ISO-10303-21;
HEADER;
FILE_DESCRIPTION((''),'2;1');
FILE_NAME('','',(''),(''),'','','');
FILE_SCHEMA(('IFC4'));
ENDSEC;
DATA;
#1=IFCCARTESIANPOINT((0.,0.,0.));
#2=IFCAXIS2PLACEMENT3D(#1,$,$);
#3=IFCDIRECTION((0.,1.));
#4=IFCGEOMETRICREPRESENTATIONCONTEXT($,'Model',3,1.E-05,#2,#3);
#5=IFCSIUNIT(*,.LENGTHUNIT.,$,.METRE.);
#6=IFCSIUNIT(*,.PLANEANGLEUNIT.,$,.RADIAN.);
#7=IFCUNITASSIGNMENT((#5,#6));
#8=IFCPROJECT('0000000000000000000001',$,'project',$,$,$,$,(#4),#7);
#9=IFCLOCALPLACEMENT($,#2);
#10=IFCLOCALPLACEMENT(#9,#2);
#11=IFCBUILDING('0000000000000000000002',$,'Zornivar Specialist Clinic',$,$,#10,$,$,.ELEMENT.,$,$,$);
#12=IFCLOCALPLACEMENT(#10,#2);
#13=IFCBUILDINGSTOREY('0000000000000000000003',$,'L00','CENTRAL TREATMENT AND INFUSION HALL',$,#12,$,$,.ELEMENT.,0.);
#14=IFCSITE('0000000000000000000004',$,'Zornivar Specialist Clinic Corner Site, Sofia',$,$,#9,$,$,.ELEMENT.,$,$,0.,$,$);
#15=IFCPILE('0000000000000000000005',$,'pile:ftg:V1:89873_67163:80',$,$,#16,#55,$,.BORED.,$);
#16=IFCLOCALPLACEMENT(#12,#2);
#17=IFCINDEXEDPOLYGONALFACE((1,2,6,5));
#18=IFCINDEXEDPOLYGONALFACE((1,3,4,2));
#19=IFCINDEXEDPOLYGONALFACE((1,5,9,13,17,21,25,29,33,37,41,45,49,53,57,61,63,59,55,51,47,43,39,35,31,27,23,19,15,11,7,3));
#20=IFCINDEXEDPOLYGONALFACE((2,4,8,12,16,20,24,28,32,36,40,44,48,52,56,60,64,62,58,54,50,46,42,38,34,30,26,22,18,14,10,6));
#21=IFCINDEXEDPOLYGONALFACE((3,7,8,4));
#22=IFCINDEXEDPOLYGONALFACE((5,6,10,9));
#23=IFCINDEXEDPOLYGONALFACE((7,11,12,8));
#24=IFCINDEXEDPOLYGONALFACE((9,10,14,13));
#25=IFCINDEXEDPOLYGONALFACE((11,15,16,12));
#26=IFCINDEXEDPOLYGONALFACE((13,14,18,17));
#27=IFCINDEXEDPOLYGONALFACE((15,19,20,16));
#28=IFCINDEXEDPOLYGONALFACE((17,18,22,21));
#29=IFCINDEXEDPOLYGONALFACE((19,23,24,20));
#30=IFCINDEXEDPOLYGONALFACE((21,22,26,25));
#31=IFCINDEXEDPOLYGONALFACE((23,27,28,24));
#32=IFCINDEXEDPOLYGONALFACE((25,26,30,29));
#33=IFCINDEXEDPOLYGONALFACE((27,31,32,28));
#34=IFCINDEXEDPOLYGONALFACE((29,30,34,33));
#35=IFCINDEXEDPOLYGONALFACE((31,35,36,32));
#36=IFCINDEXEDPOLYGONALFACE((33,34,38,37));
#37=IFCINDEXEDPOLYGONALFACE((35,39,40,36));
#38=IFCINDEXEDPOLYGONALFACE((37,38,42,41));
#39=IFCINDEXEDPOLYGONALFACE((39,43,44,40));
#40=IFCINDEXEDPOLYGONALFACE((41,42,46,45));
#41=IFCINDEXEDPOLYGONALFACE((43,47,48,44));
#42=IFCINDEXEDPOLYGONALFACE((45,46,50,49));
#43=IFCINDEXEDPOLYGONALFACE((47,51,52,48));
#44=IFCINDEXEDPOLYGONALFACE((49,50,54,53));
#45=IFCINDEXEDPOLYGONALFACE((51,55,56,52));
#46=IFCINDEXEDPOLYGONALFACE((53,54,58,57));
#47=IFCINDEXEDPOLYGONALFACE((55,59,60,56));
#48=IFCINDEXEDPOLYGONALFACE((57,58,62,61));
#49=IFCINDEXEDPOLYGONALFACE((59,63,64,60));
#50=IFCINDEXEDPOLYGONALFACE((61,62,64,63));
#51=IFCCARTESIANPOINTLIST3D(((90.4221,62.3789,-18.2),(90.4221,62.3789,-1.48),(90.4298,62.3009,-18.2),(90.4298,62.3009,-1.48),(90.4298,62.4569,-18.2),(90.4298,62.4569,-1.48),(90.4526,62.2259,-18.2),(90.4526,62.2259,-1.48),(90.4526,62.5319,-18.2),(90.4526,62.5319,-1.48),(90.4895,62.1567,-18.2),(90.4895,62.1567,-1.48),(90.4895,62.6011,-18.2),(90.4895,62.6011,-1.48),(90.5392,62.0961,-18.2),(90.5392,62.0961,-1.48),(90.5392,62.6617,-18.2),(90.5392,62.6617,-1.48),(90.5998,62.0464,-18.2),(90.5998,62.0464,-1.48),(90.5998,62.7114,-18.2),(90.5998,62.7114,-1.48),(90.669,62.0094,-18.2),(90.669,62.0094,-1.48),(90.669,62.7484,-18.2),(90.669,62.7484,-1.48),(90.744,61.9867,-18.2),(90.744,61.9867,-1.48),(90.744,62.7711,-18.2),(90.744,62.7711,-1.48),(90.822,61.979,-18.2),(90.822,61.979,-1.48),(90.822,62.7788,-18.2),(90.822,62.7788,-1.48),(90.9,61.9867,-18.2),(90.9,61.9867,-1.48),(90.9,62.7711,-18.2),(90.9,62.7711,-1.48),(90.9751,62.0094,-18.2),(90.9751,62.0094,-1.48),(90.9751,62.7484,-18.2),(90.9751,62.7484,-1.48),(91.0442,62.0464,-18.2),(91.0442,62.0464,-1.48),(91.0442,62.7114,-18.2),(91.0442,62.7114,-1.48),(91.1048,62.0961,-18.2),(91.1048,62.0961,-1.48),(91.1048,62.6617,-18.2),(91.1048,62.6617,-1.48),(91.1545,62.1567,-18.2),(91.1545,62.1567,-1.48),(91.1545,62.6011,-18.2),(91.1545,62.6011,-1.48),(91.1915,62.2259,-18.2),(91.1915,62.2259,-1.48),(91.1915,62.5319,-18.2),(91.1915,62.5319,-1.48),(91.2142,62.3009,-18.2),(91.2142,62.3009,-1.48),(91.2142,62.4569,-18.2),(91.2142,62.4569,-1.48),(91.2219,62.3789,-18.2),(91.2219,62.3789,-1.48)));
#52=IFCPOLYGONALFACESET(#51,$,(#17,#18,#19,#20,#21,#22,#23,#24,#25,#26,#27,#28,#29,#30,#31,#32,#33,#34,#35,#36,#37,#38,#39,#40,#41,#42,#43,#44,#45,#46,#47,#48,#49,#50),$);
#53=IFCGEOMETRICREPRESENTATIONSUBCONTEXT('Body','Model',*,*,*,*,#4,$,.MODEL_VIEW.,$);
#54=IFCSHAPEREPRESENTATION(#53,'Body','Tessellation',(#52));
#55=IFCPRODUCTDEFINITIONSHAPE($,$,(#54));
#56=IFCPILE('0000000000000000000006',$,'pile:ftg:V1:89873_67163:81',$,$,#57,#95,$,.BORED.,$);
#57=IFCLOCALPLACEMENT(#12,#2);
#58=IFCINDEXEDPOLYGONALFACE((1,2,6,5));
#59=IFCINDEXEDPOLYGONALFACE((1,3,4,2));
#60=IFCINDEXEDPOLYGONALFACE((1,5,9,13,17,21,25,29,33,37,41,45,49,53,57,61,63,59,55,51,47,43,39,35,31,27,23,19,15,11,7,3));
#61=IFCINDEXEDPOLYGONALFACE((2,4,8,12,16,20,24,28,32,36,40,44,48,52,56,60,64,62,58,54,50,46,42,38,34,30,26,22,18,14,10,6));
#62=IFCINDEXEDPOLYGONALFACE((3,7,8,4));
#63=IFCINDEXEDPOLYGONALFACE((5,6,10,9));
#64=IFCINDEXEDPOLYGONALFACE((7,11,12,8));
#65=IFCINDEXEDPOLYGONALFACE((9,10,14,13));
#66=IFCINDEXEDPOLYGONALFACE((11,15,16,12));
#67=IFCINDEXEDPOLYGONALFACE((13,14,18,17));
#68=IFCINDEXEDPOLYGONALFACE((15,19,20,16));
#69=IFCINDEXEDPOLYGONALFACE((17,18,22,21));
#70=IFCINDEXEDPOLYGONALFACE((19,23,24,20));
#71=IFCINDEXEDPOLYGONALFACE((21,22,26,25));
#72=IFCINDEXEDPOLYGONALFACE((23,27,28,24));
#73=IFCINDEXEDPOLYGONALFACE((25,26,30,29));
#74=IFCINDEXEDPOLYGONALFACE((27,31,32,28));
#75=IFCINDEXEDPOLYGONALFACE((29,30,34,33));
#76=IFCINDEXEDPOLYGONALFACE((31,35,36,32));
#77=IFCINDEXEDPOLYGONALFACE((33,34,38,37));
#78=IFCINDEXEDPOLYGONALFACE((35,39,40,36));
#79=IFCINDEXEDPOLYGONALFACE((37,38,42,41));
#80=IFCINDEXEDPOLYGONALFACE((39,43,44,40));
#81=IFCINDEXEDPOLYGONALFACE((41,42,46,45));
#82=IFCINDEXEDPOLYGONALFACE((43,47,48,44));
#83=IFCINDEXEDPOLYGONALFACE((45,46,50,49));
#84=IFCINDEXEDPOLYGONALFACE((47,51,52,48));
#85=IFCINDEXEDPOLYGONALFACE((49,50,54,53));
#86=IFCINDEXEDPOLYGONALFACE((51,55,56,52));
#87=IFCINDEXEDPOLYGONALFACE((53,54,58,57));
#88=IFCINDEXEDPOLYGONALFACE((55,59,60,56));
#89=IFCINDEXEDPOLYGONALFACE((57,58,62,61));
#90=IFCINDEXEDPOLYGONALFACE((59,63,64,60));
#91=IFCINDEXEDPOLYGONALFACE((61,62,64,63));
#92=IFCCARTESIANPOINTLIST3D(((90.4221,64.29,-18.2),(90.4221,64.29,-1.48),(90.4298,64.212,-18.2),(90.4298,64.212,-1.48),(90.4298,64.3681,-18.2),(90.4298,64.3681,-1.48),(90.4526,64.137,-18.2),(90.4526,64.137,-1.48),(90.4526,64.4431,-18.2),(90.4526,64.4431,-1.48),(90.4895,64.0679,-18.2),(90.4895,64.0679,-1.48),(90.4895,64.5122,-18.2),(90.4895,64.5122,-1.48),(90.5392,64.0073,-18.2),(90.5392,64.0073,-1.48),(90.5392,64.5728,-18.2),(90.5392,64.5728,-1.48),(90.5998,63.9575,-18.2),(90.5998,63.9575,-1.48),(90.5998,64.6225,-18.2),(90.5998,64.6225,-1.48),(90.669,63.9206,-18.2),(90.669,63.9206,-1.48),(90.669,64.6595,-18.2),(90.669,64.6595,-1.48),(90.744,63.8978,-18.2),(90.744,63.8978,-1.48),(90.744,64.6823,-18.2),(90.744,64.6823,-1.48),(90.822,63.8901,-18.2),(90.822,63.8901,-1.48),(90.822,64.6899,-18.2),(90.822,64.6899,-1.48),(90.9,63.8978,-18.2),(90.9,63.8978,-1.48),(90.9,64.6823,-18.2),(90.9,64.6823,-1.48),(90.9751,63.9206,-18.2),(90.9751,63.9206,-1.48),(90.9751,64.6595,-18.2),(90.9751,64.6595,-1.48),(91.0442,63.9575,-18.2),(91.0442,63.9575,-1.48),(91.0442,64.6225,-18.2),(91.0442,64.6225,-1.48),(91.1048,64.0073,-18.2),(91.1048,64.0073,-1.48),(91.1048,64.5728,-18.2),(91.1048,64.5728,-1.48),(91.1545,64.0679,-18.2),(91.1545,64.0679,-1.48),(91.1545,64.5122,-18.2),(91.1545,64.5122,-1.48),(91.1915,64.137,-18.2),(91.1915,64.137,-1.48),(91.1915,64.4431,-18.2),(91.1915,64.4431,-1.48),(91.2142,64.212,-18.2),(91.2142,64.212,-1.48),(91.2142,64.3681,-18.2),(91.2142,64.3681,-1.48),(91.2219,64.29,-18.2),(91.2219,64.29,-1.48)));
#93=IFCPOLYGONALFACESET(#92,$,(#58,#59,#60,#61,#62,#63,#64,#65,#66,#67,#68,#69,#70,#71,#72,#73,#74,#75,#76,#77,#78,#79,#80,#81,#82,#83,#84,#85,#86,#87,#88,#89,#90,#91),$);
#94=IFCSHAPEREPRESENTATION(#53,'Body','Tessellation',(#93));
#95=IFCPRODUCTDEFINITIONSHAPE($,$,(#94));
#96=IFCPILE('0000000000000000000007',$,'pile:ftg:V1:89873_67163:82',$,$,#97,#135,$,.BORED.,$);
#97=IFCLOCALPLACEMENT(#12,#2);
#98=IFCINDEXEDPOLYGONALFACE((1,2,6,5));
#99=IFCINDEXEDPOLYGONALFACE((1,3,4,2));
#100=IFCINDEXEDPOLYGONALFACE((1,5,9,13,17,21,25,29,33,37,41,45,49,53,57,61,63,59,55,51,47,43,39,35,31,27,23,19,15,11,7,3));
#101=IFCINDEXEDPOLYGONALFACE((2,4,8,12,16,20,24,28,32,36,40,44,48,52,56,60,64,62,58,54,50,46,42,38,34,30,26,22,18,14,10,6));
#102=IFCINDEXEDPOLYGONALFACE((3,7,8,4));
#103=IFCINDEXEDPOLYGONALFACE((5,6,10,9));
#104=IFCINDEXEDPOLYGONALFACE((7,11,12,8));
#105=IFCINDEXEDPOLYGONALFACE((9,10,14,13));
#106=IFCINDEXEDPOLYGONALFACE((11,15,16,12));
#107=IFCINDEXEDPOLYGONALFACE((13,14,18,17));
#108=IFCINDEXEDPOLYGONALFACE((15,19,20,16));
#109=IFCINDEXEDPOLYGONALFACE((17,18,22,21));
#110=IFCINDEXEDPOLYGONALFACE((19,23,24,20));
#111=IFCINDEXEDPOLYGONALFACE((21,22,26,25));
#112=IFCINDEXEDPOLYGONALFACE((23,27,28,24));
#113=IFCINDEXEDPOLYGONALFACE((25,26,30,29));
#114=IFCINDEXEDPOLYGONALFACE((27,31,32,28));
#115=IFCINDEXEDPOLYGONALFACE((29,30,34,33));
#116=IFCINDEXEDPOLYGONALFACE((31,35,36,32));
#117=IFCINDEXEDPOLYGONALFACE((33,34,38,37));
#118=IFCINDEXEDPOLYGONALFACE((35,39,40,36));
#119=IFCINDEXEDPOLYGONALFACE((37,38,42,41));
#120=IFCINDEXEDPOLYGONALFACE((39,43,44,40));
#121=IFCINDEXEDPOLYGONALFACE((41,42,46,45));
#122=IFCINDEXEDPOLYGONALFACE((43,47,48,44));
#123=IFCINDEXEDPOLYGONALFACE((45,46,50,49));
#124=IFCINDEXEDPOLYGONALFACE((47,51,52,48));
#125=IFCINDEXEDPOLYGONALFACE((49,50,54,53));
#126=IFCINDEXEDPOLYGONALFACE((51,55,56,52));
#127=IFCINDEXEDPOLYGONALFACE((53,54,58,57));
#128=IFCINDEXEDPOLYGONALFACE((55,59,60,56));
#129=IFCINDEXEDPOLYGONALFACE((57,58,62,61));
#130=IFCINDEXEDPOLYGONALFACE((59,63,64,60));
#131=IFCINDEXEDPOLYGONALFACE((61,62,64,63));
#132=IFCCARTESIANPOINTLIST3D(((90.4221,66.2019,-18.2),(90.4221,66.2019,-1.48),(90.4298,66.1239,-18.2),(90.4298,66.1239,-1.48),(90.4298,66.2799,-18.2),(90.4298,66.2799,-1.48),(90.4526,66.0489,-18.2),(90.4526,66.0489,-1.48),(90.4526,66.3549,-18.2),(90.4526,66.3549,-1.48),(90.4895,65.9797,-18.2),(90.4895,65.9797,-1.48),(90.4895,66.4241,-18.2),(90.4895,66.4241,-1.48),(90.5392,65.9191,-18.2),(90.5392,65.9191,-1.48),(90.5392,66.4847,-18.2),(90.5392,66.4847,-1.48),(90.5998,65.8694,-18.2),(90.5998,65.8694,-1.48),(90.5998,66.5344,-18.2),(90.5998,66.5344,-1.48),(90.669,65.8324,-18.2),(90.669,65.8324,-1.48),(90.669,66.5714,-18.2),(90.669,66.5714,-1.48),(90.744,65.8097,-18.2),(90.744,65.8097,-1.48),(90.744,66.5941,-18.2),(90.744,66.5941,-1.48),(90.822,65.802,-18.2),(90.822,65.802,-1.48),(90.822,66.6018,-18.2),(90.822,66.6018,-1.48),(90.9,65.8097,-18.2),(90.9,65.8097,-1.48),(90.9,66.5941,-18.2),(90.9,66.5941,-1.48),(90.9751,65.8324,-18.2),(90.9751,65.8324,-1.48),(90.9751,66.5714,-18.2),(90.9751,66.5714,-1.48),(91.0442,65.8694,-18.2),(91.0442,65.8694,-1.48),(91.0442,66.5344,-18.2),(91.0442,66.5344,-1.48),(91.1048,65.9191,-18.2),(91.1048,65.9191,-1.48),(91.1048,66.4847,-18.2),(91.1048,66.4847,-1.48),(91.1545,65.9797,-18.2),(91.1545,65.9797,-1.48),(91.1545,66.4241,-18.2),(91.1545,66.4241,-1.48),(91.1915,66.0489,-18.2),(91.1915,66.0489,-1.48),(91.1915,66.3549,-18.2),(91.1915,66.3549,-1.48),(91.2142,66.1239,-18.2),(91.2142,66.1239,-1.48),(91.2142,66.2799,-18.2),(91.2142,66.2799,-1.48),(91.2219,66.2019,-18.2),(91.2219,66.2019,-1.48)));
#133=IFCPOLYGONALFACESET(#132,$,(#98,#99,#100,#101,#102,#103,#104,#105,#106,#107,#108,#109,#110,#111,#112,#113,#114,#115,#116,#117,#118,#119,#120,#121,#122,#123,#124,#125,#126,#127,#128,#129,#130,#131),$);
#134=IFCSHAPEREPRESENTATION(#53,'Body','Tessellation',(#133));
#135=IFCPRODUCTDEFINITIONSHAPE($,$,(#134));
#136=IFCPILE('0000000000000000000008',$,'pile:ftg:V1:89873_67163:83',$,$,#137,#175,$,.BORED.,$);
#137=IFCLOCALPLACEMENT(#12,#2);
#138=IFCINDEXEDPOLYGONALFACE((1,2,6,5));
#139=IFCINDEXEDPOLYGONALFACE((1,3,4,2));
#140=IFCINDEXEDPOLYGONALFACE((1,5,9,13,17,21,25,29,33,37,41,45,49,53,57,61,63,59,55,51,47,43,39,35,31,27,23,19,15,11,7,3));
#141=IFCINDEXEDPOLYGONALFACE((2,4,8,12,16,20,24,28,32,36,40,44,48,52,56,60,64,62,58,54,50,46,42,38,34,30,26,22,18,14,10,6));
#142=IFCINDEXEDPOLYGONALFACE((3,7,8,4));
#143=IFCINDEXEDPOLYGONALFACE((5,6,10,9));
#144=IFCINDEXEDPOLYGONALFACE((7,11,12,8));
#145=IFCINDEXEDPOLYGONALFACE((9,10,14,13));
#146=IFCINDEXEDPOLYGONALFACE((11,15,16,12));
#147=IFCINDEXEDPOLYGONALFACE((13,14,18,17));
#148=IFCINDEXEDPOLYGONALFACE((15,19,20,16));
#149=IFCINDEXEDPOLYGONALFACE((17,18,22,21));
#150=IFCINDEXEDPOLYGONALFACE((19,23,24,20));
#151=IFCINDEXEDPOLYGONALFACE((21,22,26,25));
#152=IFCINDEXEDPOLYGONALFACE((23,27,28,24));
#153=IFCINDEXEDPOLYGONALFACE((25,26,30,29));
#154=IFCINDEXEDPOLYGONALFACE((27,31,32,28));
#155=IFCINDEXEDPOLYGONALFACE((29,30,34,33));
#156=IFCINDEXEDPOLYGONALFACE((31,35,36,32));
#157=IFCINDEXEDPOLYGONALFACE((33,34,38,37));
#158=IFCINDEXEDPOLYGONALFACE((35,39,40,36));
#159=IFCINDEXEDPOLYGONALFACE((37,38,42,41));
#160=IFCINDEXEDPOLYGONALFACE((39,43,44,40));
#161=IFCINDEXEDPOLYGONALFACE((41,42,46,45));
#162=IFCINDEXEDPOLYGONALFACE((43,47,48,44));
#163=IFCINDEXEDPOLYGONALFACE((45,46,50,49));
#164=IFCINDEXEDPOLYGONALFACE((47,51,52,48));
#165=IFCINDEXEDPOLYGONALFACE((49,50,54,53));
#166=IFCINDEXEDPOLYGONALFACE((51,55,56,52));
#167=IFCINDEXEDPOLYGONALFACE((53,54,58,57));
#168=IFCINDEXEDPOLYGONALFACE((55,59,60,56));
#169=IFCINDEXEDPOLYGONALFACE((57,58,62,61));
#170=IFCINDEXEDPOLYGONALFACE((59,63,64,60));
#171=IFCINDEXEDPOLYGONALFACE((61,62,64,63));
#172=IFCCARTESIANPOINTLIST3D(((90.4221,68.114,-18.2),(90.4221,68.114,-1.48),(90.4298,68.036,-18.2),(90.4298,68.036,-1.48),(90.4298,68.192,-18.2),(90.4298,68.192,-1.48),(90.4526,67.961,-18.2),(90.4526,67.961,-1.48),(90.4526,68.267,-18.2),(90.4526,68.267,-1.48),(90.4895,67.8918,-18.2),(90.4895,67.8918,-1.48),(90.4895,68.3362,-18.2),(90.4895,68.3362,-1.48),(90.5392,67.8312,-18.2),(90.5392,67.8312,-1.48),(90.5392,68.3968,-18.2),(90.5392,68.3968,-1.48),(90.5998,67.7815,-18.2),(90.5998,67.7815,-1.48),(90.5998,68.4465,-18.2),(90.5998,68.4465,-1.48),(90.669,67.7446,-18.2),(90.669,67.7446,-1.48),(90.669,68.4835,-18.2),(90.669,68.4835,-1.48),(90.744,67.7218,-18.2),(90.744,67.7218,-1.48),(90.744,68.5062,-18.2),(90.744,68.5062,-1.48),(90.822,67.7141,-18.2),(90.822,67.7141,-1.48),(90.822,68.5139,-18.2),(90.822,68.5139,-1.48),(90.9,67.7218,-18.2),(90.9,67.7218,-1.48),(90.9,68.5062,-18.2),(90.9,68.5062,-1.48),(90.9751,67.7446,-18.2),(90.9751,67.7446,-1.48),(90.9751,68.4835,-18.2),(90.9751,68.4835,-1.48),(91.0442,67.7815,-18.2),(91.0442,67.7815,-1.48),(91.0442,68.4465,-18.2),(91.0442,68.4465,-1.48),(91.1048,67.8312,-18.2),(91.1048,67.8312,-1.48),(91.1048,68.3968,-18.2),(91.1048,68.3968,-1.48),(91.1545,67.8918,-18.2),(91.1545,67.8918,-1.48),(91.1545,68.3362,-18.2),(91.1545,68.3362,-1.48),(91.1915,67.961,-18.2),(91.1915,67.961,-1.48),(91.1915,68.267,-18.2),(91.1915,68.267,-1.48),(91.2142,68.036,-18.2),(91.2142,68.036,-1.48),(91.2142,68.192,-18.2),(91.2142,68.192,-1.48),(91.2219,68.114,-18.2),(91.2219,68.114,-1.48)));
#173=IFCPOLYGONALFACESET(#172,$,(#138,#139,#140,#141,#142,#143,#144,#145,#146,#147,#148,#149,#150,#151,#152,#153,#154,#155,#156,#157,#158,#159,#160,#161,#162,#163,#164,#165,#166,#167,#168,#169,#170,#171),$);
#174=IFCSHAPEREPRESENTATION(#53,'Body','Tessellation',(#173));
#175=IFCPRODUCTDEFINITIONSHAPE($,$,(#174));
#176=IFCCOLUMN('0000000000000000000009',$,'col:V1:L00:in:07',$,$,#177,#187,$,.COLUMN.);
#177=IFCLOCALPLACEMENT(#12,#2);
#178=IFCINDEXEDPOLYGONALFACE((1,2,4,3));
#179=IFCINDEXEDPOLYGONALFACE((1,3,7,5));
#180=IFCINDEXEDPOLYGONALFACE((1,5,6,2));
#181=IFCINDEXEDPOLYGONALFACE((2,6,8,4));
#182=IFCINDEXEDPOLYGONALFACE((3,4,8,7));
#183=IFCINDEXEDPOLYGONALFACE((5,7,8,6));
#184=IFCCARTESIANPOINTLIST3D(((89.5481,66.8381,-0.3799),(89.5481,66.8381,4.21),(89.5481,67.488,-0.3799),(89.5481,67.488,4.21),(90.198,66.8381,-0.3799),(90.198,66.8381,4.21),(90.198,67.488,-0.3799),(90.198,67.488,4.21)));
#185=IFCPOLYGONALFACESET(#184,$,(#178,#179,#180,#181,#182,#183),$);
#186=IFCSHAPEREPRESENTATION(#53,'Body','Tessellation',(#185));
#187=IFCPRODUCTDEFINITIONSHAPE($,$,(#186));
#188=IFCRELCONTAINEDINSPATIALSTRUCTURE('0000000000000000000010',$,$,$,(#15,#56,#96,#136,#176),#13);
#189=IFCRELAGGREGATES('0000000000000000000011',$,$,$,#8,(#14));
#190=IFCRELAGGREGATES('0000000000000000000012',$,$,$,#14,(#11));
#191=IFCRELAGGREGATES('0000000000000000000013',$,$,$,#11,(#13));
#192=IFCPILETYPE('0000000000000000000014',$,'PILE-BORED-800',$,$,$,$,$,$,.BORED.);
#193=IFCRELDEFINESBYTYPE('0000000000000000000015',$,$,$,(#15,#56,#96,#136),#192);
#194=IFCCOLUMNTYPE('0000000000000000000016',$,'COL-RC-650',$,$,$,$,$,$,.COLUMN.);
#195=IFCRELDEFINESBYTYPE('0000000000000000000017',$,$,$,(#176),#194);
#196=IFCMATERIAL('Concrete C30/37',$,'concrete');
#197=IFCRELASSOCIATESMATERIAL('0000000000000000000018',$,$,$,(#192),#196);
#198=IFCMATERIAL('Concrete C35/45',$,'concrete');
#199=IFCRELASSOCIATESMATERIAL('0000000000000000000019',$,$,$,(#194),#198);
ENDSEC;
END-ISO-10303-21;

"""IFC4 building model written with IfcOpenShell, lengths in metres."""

from ifc_helpers import new_model, si_unit, direction, frame, origin, origin_2d, place, context, subcontext, project, spatial, rectangle, circle, extrude, material, material_profile, profile_set, type_object, element, save


model = new_model("IFC4")

# Units and contexts
model_context = context("Model", 3, precision=1e-05, world=origin(), true_north=direction((0.0, 1.0)))
body_context = subcontext(model_context, "Body", "Model", "MODEL_VIEW")
ifc_project = project(units=[si_unit("LENGTHUNIT", "METRE"), si_unit("PLANEANGLEUNIT", "RADIAN")], contexts=[model_context])

# Site, building, storey
site_placement = place(None, origin())
site = spatial("IfcSite", under=ifc_project, at=site_placement, Name="Zornivar Specialist Clinic Corner Site, Sofia", CompositionType="ELEMENT", RefElevation=0.0)
building_placement = place(site_placement, origin())
building = spatial("IfcBuilding", under=site, at=building_placement, Name="Zornivar Specialist Clinic", CompositionType="ELEMENT")
storey_placement = place(building_placement, origin())
storey = spatial("IfcBuildingStorey", under=building, at=storey_placement, Name="L00", Description="CENTRAL TREATMENT AND INFUSION HALL", CompositionType="ELEMENT", Elevation=0.0)

# Piles
ifc_material_1 = material(Name="Concrete C30/37", Category="concrete")
ifc_material_profile_1 = material_profile(ifc_material_1, circle(Radius=0.3999, at=origin_2d()), Name="PILE D800")
ifc_profile_set_1 = profile_set([ifc_material_profile_1], Name="Concrete C30/37")
pile_type = type_object("IfcPileType", Name="PILE-BORED-800", PredefinedType="BORED", material=ifc_profile_set_1)
for number, where, z_axis, x_axis, name in (
    (1, (90.822, 62.3789, -1.48), (0.0, 0.0, -1.0), (1.0, 0.0, 0.0), "pile:ftg:V1:89873_67163:80"),
    (2, (90.822, 64.29, -1.48), (0.0, 0.0, -1.0), (1.0, 0.0, 0.0), "pile:ftg:V1:89873_67163:81"),
    (3, (90.822, 66.2019, -1.48), (0.0, 0.0, -1.0), (1.0, 0.0, 0.0), "pile:ftg:V1:89873_67163:82"),
    (4, (90.822, 68.114, -1.48), (0.0, 0.0, -1.0), (1.0, 0.0, 0.0), "pile:ftg:V1:89873_67163:83"),
):
    element("IfcPile", number, at=place(storey_placement, frame(where, z_axis=z_axis, x_axis=x_axis)), inside=storey, type_object=pile_type, Name=name, PredefinedType="BORED", context=body_context, shape_type="SweptSolid", body=[
        extrude(circle(Radius=0.3999, at=origin_2d()), origin(), (0.0, 0.0, 1.0), 16.72),
    ])

# Column
ifc_material_2 = material(Name="Concrete C35/45", Category="concrete")
ifc_material_profile_2 = material_profile(ifc_material_2, rectangle(XDim=0.6499, YDim=0.6499, at=origin_2d()), Name="RC 650x650")
ifc_profile_set_2 = profile_set([ifc_material_profile_2], Name="Concrete C35/45")
column_type = type_object("IfcColumnType", Name="COL-RC-650", PredefinedType="COLUMN", material=ifc_profile_set_2)
column_placement = place(storey_placement, frame((89.873, 67.1631, -0.3799), z_axis=(0.0, 0.0, 1.0), x_axis=(1.0, 0.0, 0.0)))
element("IfcColumn", 5, at=column_placement, inside=storey, type_object=column_type, Name="col:V1:L00:in:07", PredefinedType="COLUMN", context=body_context, shape_type="SweptSolid", body=[
    extrude(rectangle(XDim=0.6499, YDim=0.6499, at=origin_2d()), origin(), (0.0, 0.0, 1.0), 4.5898),
])

save(model, "model.ifc")
